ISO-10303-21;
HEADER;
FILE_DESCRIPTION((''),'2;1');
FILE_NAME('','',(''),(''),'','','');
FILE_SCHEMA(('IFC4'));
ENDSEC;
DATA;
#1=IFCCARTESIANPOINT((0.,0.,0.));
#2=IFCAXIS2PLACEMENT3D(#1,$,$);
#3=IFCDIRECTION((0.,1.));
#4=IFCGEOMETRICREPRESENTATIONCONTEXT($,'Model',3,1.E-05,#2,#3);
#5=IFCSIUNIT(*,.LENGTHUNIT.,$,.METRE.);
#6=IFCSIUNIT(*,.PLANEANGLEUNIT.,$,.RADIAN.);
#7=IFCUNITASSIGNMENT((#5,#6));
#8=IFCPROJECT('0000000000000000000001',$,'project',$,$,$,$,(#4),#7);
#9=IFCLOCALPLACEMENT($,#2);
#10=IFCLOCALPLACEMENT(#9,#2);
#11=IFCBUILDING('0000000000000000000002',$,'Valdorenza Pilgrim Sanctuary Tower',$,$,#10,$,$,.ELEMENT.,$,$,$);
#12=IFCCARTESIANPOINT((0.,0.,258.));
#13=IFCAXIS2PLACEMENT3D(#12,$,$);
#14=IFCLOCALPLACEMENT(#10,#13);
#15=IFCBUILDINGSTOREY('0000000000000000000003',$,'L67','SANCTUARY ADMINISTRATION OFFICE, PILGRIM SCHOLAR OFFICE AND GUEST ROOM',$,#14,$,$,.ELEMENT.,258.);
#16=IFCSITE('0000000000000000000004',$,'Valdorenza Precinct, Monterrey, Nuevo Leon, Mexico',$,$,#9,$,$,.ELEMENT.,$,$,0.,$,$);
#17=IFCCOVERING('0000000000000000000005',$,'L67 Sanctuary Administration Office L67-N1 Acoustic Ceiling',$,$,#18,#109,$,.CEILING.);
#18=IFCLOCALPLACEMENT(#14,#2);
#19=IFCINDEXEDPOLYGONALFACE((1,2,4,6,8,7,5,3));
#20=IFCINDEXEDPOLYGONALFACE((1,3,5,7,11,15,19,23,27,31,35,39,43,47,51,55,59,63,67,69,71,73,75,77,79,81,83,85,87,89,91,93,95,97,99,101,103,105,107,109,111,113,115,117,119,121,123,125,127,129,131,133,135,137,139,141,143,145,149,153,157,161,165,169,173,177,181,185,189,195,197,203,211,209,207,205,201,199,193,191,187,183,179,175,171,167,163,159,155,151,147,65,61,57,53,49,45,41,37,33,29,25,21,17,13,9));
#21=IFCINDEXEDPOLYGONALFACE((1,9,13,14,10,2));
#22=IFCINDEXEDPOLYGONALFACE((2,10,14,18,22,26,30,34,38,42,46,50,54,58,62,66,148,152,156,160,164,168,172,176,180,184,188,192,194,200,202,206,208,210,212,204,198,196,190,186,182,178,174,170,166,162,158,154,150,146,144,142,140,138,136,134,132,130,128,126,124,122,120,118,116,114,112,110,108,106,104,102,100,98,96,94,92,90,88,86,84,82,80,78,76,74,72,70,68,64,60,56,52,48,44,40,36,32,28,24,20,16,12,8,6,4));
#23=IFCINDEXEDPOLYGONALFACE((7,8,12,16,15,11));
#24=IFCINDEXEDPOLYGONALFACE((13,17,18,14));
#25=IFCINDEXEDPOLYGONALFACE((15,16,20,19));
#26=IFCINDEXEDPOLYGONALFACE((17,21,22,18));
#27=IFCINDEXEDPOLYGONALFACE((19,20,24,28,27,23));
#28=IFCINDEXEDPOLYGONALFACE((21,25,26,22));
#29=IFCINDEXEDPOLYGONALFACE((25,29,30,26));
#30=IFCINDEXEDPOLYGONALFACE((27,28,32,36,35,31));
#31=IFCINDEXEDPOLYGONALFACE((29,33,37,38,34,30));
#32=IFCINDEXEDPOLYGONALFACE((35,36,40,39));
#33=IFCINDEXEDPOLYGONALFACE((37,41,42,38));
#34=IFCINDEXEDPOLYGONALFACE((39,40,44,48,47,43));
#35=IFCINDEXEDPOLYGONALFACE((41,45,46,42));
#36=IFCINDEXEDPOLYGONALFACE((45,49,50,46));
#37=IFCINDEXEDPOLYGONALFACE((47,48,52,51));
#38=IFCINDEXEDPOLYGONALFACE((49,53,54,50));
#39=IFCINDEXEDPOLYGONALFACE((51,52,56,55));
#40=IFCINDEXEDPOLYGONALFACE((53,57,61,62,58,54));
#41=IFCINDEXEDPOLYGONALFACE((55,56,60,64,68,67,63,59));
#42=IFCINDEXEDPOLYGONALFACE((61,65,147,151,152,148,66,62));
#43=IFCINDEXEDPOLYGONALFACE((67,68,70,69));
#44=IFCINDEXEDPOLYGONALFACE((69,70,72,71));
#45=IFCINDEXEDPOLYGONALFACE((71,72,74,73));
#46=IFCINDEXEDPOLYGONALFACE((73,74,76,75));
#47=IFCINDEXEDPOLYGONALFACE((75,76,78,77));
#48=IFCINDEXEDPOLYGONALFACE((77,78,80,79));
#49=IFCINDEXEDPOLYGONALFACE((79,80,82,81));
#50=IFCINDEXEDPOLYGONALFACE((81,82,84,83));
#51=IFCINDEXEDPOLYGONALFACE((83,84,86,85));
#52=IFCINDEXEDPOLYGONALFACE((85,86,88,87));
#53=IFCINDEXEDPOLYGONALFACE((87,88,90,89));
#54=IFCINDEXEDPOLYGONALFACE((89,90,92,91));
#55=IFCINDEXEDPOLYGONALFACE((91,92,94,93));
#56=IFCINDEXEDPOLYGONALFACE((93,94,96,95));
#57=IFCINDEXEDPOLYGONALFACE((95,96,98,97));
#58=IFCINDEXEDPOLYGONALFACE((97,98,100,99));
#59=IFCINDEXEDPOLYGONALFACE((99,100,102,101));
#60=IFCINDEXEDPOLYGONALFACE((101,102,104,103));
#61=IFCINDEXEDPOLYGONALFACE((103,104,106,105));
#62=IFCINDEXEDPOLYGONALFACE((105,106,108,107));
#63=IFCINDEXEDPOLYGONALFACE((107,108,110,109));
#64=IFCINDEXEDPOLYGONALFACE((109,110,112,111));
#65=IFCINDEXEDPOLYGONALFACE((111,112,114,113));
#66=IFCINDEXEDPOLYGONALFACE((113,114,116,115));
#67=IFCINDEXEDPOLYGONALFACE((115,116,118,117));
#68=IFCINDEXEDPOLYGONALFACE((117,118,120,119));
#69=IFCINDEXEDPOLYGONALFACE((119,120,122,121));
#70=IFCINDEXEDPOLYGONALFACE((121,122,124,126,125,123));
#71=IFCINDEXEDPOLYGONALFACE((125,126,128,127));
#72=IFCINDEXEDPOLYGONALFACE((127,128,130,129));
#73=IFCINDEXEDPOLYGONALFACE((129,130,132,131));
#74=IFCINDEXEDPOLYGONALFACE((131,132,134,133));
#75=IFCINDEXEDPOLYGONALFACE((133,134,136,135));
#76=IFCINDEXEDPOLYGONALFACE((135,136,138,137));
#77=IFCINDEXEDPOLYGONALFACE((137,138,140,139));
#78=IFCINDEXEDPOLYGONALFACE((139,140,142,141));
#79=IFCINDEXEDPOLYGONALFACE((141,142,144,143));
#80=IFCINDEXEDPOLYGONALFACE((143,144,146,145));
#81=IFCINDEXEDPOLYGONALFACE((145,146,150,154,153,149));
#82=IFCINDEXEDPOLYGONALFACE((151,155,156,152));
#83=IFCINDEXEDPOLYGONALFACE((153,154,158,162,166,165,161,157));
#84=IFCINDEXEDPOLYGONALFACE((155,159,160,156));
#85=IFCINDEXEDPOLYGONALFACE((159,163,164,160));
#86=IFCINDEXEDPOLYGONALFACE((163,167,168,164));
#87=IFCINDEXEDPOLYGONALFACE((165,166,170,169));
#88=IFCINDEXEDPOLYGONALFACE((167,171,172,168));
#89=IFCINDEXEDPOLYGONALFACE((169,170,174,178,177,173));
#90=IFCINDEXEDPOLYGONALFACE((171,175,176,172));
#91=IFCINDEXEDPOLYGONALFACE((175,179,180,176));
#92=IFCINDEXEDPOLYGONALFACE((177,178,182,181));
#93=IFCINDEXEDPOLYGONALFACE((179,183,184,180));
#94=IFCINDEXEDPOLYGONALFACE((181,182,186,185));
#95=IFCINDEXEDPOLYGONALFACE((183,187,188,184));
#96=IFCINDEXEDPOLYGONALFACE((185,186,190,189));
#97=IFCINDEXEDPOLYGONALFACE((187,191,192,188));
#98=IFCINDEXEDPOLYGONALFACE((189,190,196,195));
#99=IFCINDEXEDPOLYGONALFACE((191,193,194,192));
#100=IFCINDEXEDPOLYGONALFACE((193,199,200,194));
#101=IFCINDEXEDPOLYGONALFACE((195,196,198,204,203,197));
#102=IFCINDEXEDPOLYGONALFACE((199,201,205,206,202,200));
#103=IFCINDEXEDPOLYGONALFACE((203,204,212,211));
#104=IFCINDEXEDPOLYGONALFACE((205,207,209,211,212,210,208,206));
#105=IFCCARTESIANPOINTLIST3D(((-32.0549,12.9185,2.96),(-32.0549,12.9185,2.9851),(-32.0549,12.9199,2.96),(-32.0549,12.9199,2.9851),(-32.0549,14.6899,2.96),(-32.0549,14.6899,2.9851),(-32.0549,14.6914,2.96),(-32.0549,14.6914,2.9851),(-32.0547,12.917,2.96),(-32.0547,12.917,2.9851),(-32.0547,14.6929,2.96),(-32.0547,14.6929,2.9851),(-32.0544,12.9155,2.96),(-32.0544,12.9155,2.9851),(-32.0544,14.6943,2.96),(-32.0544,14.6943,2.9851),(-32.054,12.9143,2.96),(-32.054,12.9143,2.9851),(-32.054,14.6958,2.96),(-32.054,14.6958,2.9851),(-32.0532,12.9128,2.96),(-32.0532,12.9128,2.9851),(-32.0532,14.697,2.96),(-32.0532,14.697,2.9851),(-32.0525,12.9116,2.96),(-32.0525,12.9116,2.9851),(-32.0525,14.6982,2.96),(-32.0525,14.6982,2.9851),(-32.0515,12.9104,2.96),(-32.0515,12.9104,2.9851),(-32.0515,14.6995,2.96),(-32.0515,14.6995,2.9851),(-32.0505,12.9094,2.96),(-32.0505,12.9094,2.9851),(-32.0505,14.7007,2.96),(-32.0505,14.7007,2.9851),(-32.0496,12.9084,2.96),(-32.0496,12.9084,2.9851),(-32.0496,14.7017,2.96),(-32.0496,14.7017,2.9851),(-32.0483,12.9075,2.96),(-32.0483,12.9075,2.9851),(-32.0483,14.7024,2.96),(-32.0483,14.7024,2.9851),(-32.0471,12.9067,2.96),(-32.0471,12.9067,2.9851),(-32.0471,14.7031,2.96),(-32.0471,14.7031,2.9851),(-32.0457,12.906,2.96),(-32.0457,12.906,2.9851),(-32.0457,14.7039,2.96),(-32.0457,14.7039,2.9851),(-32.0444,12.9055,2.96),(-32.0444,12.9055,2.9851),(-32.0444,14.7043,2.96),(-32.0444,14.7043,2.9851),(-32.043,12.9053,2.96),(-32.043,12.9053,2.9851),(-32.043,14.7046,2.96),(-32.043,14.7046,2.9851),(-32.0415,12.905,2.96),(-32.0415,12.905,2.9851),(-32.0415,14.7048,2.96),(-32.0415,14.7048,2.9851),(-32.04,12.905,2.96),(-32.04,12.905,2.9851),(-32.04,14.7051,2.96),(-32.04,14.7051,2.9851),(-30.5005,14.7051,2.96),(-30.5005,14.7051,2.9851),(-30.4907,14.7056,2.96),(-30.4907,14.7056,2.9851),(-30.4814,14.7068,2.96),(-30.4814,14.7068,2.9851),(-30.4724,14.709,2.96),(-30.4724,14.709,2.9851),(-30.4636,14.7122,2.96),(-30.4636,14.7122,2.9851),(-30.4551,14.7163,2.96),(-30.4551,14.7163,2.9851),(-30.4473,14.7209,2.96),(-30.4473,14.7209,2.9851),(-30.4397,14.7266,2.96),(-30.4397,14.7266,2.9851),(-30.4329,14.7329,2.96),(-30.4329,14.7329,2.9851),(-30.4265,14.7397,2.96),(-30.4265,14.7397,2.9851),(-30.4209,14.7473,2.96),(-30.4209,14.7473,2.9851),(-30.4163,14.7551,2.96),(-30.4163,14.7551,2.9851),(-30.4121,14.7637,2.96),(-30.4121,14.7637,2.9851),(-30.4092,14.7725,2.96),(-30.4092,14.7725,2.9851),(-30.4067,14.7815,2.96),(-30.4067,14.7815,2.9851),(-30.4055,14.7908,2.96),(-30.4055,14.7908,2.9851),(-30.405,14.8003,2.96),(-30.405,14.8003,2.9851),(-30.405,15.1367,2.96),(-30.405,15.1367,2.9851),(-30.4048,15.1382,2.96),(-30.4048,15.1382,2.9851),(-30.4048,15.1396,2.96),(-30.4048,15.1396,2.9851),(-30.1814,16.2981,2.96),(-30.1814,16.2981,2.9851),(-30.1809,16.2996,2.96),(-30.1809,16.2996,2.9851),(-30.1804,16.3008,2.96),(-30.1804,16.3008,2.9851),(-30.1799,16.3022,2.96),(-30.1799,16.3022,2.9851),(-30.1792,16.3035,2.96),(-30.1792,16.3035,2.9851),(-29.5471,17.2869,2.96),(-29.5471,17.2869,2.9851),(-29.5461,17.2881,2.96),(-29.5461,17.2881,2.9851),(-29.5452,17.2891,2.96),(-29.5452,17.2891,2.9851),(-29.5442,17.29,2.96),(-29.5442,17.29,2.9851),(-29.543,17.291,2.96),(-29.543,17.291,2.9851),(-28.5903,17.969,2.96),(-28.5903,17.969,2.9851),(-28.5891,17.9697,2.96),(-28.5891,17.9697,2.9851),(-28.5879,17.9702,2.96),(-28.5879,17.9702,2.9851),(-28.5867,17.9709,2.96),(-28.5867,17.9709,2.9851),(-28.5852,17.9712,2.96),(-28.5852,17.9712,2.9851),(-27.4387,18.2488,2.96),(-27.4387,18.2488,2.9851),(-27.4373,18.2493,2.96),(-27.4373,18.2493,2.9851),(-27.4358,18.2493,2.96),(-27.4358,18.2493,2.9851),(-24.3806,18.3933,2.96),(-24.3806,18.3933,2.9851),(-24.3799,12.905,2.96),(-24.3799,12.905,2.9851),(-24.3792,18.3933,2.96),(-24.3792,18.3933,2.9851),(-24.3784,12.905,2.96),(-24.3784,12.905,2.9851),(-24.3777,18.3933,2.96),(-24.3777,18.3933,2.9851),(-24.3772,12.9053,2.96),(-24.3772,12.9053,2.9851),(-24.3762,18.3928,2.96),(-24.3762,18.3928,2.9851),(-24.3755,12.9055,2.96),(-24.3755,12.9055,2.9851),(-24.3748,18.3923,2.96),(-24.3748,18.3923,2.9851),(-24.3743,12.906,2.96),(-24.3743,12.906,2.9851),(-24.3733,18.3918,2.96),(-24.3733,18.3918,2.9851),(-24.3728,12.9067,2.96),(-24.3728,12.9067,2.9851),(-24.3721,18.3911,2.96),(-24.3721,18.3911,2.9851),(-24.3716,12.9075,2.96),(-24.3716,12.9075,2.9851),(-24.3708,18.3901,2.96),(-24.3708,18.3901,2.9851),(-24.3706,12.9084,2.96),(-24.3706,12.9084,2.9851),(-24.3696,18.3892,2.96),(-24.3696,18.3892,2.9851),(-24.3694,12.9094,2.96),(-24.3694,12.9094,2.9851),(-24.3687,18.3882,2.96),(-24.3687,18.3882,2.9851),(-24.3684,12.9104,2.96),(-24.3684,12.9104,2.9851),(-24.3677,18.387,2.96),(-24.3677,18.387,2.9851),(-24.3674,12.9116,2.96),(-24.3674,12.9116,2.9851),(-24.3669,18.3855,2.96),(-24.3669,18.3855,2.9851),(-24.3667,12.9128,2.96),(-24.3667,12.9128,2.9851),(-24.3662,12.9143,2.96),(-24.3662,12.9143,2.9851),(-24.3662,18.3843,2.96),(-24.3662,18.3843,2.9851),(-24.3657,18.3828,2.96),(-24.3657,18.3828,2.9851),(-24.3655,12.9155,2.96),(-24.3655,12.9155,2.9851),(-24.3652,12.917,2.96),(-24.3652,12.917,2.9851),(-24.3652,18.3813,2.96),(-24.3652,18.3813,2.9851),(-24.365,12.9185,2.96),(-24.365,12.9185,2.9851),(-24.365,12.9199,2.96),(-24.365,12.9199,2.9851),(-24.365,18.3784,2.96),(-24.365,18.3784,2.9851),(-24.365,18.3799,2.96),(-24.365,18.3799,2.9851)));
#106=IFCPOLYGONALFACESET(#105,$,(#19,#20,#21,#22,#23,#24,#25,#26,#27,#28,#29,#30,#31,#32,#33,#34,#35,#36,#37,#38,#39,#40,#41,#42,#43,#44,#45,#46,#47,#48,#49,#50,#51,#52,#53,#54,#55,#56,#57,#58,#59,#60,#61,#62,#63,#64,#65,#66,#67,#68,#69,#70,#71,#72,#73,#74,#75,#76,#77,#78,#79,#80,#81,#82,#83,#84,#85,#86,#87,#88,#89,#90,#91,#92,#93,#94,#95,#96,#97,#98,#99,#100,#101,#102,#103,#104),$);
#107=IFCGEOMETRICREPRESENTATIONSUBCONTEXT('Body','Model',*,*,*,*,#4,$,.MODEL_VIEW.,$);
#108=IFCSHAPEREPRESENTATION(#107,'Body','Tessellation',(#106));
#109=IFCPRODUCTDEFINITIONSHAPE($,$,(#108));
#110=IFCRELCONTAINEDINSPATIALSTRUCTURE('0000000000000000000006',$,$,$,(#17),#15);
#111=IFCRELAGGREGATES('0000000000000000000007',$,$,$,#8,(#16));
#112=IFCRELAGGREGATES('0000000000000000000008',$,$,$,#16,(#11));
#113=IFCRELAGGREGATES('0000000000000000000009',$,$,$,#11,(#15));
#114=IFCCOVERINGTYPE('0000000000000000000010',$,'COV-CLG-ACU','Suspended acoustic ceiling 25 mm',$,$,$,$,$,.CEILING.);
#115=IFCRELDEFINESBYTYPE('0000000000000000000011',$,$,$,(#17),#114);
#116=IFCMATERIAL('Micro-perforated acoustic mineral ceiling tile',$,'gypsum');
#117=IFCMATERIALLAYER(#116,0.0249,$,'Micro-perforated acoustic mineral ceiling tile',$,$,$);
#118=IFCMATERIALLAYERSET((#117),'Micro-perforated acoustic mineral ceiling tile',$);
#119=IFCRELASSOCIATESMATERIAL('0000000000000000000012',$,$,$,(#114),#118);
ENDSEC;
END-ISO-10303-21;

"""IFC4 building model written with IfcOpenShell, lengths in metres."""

from ifc_helpers import new_model, si_unit, direction, frame, origin, place, context, subcontext, project, spatial, polyline, outline, extrude, material, layer, layer_set, type_object, element, save


model = new_model("IFC4")

# Units and contexts
model_context = context("Model", 3, precision=1e-05, world=origin(), true_north=direction((0.0, 1.0)))
body_context = subcontext(model_context, "Body", "Model", "MODEL_VIEW")
ifc_project = project(units=[si_unit("LENGTHUNIT", "METRE"), si_unit("PLANEANGLEUNIT", "RADIAN")], contexts=[model_context])

# Site, building, storey
site_placement = place(None, origin())
site = spatial("IfcSite", under=ifc_project, at=site_placement, Name="Valdorenza Precinct, Monterrey, Nuevo Leon, Mexico", CompositionType="ELEMENT", RefElevation=0.0)
building_placement = place(site_placement, origin())
building = spatial("IfcBuilding", under=site, at=building_placement, Name="Valdorenza Pilgrim Sanctuary Tower", CompositionType="ELEMENT")
storey_placement = place(building_placement, frame((0.0, 0.0, 258.0)))
storey = spatial("IfcBuildingStorey", under=building, at=storey_placement, Name="L67", Description="SANCTUARY ADMINISTRATION OFFICE, PILGRIM SCHOLAR OFFICE AND GUEST ROOM", CompositionType="ELEMENT", Elevation=258.0)

# Covering
ifc_material_1 = material(Name="Micro-perforated acoustic mineral ceiling tile", Category="gypsum")
ifc_layer_1 = layer(ifc_material_1, 0.0249, Name="Micro-perforated acoustic mineral ceiling tile")
ifc_layer_set_1 = layer_set([ifc_layer_1], Name="Micro-perforated acoustic mineral ceiling tile")
covering_type_1 = type_object("IfcCoveringType", Name="COV-CLG-ACU", Description="Suspended acoustic ceiling 25 mm", PredefinedType="CEILING", material=ifc_layer_set_1)
covering_1_placement = place(storey_placement, frame((0.0, 0.0, 2.96)))
element("IfcCovering", 1, at=covering_1_placement, inside=storey, type_object=covering_type_1, Name="L67 Sanctuary Administration Office L67-N1 Acoustic Ceiling", PredefinedType="CEILING", context=body_context, shape_type="SweptSolid", body=[
    extrude(outline(polyline([(-32.04, 12.905), (-32.0415, 12.905), (-32.043, 12.9053), (-32.0444, 12.9055), (-32.0457, 12.906), (-32.0471, 12.9067), (-32.0483, 12.9075), (-32.0496, 12.9084), (-32.0505, 12.9094), (-32.0515, 12.9104), (-32.0525, 12.9116), (-32.0532, 12.9128), (-32.054, 12.9143), (-32.0544, 12.9155), (-32.0547, 12.917), (-32.0549, 12.9185), (-32.0549, 12.9199), (-32.0549, 14.6899), (-32.0549, 14.6914), (-32.0547, 14.6929), (-32.0544, 14.6943), (-32.054, 14.6958), (-32.0532, 14.697), (-32.0525, 14.6982), (-32.0515, 14.6995), (-32.0505, 14.7007), (-32.0496, 14.7017), (-32.0483, 14.7024), (-32.0471, 14.7031), (-32.0457, 14.7039), (-32.0444, 14.7043), (-32.043, 14.7046), (-32.0415, 14.7048), (-32.04, 14.7051), (-30.5005, 14.7051), (-30.4907, 14.7056), (-30.4814, 14.7068), (-30.4724, 14.709), (-30.4636, 14.7122), (-30.4551, 14.7163), (-30.4473, 14.7209), (-30.4397, 14.7266), (-30.4329, 14.7329), (-30.4265, 14.7397), (-30.4209, 14.7473), (-30.4163, 14.7551), (-30.4121, 14.7637), (-30.4092, 14.7725), (-30.4067, 14.7815), (-30.4055, 14.7908), (-30.405, 14.8003), (-30.405, 15.1367), (-30.4048, 15.1382), (-30.4048, 15.1396), (-30.1814, 16.2981), (-30.1809, 16.2996), (-30.1804, 16.3008), (-30.1799, 16.3022), (-30.1792, 16.3035), (-29.5471, 17.2869), (-29.5461, 17.2881), (-29.5452, 17.2891), (-29.5442, 17.29), (-29.543, 17.291), (-28.5903, 17.969), (-28.5891, 17.9697), (-28.5879, 17.9702), (-28.5867, 17.9709), (-28.5852, 17.9712), (-27.4387, 18.2488), (-27.4373, 18.2493), (-27.4358, 18.2493), (-24.3806, 18.3933), (-24.3792, 18.3933), (-24.3777, 18.3933), (-24.3762, 18.3928), (-24.3748, 18.3923), (-24.3733, 18.3918), (-24.3721, 18.3911), (-24.3708, 18.3901), (-24.3696, 18.3892), (-24.3687, 18.3882), (-24.3677, 18.387), (-24.3669, 18.3855), (-24.3662, 18.3843), (-24.3657, 18.3828), (-24.3652, 18.3813), (-24.365, 18.3799), (-24.365, 18.3784), (-24.365, 12.9199), (-24.365, 12.9185), (-24.3652, 12.917), (-24.3655, 12.9155), (-24.3662, 12.9143), (-24.3667, 12.9128), (-24.3674, 12.9116), (-24.3684, 12.9104), (-24.3694, 12.9094), (-24.3706, 12.9084), (-24.3716, 12.9075), (-24.3728, 12.9067), (-24.3743, 12.906), (-24.3755, 12.9055), (-24.3772, 12.9053), (-24.3784, 12.905), (-24.3799, 12.905), (-32.04, 12.905)])), origin(), (0.0, 0.0, 1.0), 0.0251),
])

save(model, "model.ifc")
